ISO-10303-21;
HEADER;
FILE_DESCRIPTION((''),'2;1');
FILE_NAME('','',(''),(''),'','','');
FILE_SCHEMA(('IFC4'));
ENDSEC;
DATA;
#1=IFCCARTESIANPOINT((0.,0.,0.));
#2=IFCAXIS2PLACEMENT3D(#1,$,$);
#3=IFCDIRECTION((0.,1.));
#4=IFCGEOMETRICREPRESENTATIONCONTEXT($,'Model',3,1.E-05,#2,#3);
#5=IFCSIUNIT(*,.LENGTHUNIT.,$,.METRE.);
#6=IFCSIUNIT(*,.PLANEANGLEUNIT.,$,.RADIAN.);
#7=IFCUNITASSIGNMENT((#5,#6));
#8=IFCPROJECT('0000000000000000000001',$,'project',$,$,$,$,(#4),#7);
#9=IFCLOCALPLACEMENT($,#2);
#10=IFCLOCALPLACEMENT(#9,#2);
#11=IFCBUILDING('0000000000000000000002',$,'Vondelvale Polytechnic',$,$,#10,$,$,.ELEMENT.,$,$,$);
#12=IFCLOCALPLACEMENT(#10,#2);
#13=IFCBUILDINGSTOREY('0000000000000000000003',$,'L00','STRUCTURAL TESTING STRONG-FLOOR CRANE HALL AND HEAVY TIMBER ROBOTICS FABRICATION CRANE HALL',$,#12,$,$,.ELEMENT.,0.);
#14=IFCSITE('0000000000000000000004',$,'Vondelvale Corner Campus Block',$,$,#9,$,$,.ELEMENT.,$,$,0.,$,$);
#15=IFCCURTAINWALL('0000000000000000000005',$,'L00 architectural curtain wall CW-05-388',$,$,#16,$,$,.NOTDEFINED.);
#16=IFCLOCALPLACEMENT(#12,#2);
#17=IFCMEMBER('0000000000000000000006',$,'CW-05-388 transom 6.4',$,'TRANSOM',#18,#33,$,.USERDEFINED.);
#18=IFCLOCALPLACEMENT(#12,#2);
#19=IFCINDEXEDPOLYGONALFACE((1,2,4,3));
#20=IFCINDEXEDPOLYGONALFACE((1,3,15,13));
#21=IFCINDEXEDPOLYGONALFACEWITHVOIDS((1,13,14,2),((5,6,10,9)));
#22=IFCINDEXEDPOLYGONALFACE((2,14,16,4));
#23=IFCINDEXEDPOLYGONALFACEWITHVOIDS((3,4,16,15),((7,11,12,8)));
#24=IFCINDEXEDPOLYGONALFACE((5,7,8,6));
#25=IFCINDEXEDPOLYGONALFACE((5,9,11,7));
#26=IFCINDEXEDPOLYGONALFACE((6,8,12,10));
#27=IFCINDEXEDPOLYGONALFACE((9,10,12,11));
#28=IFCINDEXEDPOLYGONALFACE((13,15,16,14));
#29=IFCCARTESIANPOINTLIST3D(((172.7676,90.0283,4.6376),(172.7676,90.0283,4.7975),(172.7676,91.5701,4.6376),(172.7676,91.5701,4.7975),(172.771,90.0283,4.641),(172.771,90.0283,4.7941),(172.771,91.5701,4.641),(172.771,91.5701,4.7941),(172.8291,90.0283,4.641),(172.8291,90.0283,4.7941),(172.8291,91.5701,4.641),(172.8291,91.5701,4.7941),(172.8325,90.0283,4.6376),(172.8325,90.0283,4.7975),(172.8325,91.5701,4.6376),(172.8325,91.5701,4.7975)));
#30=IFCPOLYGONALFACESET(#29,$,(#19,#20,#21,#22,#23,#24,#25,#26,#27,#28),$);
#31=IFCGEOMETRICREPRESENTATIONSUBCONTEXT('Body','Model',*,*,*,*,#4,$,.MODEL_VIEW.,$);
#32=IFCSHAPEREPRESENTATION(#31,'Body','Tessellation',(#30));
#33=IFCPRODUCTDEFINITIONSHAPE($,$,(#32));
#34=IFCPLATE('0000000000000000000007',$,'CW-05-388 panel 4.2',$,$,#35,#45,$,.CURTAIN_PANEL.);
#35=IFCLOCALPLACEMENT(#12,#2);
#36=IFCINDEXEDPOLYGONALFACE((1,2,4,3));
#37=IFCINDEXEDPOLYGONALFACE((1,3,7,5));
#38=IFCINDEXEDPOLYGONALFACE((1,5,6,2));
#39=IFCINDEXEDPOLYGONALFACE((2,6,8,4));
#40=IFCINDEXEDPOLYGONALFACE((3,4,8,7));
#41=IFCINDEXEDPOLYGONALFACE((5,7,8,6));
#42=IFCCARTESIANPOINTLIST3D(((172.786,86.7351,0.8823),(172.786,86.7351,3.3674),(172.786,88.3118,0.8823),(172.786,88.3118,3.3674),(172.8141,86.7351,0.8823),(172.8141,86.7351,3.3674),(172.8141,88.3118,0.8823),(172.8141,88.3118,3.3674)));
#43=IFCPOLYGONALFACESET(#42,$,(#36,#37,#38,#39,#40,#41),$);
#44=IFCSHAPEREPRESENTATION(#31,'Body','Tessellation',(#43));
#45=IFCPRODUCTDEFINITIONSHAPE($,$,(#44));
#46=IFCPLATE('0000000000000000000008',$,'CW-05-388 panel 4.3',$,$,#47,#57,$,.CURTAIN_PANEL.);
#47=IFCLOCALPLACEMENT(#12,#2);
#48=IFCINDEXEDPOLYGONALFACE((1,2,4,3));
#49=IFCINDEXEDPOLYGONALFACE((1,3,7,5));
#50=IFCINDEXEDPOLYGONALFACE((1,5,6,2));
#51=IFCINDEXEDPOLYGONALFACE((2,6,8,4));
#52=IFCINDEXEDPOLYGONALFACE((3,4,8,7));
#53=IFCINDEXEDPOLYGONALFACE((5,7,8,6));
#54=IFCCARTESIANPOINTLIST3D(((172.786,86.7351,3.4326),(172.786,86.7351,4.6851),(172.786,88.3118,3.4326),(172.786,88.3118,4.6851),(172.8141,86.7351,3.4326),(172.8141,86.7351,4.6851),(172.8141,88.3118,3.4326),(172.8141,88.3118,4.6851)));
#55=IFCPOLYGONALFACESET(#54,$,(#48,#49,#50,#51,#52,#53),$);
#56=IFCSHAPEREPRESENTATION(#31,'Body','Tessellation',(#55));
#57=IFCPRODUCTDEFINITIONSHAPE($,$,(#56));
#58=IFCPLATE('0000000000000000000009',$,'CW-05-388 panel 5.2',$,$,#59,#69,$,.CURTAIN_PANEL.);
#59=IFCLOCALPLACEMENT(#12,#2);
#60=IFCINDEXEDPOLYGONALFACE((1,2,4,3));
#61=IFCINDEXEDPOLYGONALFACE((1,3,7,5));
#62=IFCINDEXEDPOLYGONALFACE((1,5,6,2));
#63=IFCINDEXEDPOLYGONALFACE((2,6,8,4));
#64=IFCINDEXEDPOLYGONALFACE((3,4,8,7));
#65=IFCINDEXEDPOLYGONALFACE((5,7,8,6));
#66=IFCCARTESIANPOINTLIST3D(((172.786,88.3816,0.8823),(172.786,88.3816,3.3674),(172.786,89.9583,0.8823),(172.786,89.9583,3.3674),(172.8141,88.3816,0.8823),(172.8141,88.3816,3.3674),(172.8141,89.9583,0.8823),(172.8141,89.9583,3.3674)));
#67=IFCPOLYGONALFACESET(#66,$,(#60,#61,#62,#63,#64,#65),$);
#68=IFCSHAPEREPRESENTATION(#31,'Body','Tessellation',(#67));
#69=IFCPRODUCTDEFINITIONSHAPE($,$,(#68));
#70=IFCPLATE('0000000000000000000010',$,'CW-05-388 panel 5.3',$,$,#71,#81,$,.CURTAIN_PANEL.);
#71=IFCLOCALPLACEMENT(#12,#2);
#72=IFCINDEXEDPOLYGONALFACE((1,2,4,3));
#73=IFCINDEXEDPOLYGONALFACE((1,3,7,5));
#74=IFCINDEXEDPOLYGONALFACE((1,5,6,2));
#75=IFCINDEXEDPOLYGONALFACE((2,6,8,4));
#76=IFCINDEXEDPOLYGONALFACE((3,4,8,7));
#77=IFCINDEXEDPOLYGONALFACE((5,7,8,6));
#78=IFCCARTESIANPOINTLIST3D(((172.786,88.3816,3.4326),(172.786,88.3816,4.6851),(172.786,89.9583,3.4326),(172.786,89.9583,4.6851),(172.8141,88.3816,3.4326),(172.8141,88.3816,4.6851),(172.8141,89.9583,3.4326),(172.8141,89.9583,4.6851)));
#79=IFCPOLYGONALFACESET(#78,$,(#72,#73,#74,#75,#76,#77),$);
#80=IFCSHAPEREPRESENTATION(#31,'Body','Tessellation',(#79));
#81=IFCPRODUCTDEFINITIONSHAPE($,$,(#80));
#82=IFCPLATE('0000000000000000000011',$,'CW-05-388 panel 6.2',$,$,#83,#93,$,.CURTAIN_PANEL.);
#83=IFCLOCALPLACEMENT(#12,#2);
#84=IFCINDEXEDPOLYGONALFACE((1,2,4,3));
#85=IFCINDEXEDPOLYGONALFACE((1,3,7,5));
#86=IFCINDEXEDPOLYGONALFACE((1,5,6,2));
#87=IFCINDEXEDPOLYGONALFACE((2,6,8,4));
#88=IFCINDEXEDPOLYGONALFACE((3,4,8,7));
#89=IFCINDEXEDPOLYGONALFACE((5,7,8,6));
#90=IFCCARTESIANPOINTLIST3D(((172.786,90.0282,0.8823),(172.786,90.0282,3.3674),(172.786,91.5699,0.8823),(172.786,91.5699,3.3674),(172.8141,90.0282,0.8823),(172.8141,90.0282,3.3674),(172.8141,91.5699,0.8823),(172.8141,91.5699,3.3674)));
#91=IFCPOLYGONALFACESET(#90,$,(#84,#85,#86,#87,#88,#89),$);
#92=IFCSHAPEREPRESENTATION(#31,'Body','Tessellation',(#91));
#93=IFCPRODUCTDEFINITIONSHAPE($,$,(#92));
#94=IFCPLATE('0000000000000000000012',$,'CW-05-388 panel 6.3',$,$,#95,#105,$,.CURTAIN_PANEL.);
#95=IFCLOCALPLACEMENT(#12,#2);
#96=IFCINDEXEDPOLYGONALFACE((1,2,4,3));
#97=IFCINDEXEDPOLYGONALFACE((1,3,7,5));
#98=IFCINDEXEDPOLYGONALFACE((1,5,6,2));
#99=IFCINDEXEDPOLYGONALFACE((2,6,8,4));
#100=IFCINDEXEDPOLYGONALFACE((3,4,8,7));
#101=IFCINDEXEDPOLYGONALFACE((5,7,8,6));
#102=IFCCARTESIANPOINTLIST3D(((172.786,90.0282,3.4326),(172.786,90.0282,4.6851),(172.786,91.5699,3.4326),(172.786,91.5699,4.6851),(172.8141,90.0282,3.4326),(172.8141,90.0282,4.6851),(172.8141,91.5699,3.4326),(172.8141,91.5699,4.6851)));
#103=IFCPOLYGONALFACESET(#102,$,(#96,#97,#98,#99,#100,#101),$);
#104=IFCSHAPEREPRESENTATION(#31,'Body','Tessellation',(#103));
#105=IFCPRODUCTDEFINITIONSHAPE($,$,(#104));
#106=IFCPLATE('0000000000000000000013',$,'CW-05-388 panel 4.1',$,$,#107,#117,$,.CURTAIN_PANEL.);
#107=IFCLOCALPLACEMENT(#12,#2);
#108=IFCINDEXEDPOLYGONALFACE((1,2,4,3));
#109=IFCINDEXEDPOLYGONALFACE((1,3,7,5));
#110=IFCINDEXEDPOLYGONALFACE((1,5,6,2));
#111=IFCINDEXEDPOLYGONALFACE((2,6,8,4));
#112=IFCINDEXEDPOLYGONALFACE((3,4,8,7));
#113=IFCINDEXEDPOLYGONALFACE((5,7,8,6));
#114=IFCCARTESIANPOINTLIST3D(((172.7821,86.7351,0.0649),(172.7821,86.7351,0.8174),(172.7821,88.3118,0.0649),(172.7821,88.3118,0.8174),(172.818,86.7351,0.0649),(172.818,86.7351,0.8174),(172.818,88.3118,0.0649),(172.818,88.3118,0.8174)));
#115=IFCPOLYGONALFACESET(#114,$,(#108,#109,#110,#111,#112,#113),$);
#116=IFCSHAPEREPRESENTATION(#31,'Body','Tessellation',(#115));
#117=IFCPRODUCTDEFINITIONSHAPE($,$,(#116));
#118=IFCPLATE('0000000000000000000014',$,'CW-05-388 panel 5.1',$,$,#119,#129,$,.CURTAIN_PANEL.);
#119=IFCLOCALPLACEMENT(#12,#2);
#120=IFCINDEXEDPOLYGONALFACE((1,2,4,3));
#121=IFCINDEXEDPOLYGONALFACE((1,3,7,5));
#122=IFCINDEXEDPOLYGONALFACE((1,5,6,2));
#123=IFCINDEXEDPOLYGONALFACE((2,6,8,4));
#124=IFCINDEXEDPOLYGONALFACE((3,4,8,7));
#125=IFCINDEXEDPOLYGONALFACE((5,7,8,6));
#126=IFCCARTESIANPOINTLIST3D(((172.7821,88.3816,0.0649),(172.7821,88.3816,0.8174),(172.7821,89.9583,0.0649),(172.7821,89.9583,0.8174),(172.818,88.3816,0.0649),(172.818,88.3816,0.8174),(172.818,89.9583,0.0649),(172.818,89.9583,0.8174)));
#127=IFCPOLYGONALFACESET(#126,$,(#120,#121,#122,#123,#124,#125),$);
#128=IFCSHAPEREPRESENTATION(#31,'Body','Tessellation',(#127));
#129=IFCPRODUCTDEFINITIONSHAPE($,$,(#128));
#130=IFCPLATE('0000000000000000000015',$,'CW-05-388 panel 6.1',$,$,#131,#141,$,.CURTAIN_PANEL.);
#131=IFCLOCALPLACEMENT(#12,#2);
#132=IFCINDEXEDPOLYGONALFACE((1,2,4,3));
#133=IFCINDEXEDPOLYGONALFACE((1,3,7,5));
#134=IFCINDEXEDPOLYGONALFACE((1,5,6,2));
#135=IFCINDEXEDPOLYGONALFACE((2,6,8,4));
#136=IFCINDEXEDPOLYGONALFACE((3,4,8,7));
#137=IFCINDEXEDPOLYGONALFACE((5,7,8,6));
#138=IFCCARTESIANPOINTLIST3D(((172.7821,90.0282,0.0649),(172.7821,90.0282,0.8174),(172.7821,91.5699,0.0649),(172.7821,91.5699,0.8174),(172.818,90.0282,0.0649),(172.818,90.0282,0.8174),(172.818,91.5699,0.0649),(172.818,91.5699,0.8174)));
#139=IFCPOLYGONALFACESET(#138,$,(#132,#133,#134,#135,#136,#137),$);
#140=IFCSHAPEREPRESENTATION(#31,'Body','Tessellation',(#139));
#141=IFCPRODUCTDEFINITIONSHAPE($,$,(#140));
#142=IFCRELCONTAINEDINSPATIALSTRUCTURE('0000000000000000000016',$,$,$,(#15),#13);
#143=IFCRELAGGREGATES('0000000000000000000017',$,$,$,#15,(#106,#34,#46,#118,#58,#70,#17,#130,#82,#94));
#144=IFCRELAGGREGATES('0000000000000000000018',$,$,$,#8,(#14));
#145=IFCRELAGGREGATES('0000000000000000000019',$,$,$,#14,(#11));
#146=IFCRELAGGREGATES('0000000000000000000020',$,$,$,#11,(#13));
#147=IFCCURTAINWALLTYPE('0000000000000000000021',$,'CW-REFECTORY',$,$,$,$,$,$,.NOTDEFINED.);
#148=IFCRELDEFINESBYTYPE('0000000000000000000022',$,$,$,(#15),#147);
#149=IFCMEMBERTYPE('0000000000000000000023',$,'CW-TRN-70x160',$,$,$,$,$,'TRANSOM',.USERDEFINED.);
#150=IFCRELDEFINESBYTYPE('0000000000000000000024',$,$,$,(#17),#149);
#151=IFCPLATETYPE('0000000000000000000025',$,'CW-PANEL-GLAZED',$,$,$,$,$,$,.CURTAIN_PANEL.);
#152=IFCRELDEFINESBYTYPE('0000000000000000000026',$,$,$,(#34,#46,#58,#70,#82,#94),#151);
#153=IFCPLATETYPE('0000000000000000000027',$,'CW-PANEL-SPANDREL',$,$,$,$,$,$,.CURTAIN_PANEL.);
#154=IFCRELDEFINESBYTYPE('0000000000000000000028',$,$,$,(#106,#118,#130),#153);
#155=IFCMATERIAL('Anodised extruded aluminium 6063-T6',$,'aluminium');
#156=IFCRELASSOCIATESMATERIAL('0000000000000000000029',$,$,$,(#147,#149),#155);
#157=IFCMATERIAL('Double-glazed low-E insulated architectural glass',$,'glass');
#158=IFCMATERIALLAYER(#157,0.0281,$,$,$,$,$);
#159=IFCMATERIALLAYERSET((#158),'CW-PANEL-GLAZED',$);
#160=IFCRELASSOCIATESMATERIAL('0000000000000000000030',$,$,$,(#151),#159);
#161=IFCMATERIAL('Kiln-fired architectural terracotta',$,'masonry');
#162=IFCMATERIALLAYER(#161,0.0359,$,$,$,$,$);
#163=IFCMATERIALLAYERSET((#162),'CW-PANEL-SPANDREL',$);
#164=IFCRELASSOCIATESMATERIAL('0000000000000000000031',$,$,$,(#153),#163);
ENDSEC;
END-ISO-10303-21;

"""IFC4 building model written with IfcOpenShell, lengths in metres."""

from ifc_helpers import new_model, si_unit, direction, frame, origin, origin_2d, place, context, subcontext, project, spatial, rectangle, hollow_rectangle, extrude, material, layer, layer_set, material_profile, profile_set, type_object, element, aggregate, save


model = new_model("IFC4")

# Units and contexts
model_context = context("Model", 3, precision=1e-05, world=origin(), true_north=direction((0.0, 1.0)))
body_context = subcontext(model_context, "Body", "Model", "MODEL_VIEW")
ifc_project = project(units=[si_unit("LENGTHUNIT", "METRE"), si_unit("PLANEANGLEUNIT", "RADIAN")], contexts=[model_context])

# Site, building, storey
site_placement = place(None, origin())
site = spatial("IfcSite", under=ifc_project, at=site_placement, Name="Vondelvale Corner Campus Block", CompositionType="ELEMENT", RefElevation=0.0)
building_placement = place(site_placement, origin())
building = spatial("IfcBuilding", under=site, at=building_placement, Name="Vondelvale Polytechnic", CompositionType="ELEMENT")
storey_placement = place(building_placement, origin())
storey = spatial("IfcBuildingStorey", under=building, at=storey_placement, Name="L00", Description="STRUCTURAL TESTING STRONG-FLOOR CRANE HALL AND HEAVY TIMBER ROBOTICS FABRICATION CRANE HALL", CompositionType="ELEMENT", Elevation=0.0)

# Curtain wall, member, plates
ifc_material_1 = material(Name="Anodised extruded aluminium 6063-T6", Category="aluminium")
curtain_wall_type = type_object("IfcCurtainWallType", Name="CW-REFECTORY", PredefinedType="NOTDEFINED", material=ifc_material_1)
curtain_wall_placement = place(storey_placement, origin())
curtain_wall = element("IfcCurtainWall", 1, at=curtain_wall_placement, inside=storey, type_object=curtain_wall_type, Name="L00 architectural curtain wall CW-05-388", PredefinedType="NOTDEFINED")
ifc_material_profile_1 = material_profile(ifc_material_1, hollow_rectangle(XDim=0.0649, YDim=0.1599, WallThickness=0.0034, at=origin_2d()), Name="CW-TRN-160x65")
ifc_profile_set_1 = profile_set([ifc_material_profile_1], Name="Anodised extruded aluminium 6063-T6")
member_type_1 = type_object("IfcMemberType", Name="CW-TRN-70x160", ElementType="TRANSOM", PredefinedType="USERDEFINED", material=ifc_profile_set_1)
member_1_placement = place(storey_placement, frame((172.8, 90.0283, 4.7175), z_axis=(0.0, 1.0, 0.0), x_axis=(-1.0, 0.0, 0.0)))
member_1 = element("IfcMember", 2, at=member_1_placement, type_object=member_type_1, Name="CW-05-388 transom 6.4", ObjectType="TRANSOM", PredefinedType="USERDEFINED", context=body_context, shape_type="SweptSolid", body=[
    extrude(hollow_rectangle(XDim=0.0649, YDim=0.1599, WallThickness=0.0034, at=origin_2d()), origin(), (0.0, 0.0, 1.0), 1.5417),
])
ifc_material_2 = material(Name="Double-glazed low-E insulated architectural glass", Category="glass")
ifc_layer_1 = layer(ifc_material_2, 0.0281)
ifc_layer_set_1 = layer_set([ifc_layer_1], Name="CW-PANEL-GLAZED")
plate_type_1 = type_object("IfcPlateType", Name="CW-PANEL-GLAZED", PredefinedType="CURTAIN_PANEL", material=ifc_layer_set_1)
plate_1_placement = place(storey_placement, frame((172.8, 87.5234, 0.8823), z_axis=(0.0, 0.0, 1.0), x_axis=(0.0, 1.0, 0.0)))
plate_1 = element("IfcPlate", 3, at=plate_1_placement, type_object=plate_type_1, Name="CW-05-388 panel 4.2", PredefinedType="CURTAIN_PANEL", context=body_context, shape_type="SweptSolid", body=[
    extrude(rectangle(XDim=1.5767, YDim=0.0281, at=origin_2d()), origin(), (0.0, 0.0, 1.0), 2.4851),
])
plate_2_placement = place(storey_placement, frame((172.8, 87.5234, 3.4326), z_axis=(0.0, 0.0, 1.0), x_axis=(0.0, 1.0, 0.0)))
plate_2 = element("IfcPlate", 4, at=plate_2_placement, type_object=plate_type_1, Name="CW-05-388 panel 4.3", PredefinedType="CURTAIN_PANEL", context=body_context, shape_type="SweptSolid", body=[
    extrude(rectangle(XDim=1.5767, YDim=0.0281, at=origin_2d()), origin(), (0.0, 0.0, 1.0), 1.2524),
])
plate_3_placement = place(storey_placement, frame((172.8, 89.1699, 0.8823), z_axis=(0.0, 0.0, 1.0), x_axis=(0.0, 1.0, 0.0)))
plate_3 = element("IfcPlate", 5, at=plate_3_placement, type_object=plate_type_1, Name="CW-05-388 panel 5.2", PredefinedType="CURTAIN_PANEL", context=body_context, shape_type="SweptSolid", body=[
    extrude(rectangle(XDim=1.5767, YDim=0.0281, at=origin_2d()), origin(), (0.0, 0.0, 1.0), 2.4851),
])
plate_4_placement = place(storey_placement, frame((172.8, 89.1699, 3.4326), z_axis=(0.0, 0.0, 1.0), x_axis=(0.0, 1.0, 0.0)))
plate_4 = element("IfcPlate", 6, at=plate_4_placement, type_object=plate_type_1, Name="CW-05-388 panel 5.3", PredefinedType="CURTAIN_PANEL", context=body_context, shape_type="SweptSolid", body=[
    extrude(rectangle(XDim=1.5767, YDim=0.0281, at=origin_2d()), origin(), (0.0, 0.0, 1.0), 1.2524),
])
plate_5_placement = place(storey_placement, frame((172.8, 90.7991, 0.8823), z_axis=(0.0, 0.0, 1.0), x_axis=(0.0, 1.0, 0.0)))
plate_5 = element("IfcPlate", 7, at=plate_5_placement, type_object=plate_type_1, Name="CW-05-388 panel 6.2", PredefinedType="CURTAIN_PANEL", context=body_context, shape_type="SweptSolid", body=[
    extrude(rectangle(XDim=1.5417, YDim=0.0281, at=origin_2d()), origin(), (0.0, 0.0, 1.0), 2.4851),
])
plate_6_placement = place(storey_placement, frame((172.8, 90.7991, 3.4326), z_axis=(0.0, 0.0, 1.0), x_axis=(0.0, 1.0, 0.0)))
plate_6 = element("IfcPlate", 8, at=plate_6_placement, type_object=plate_type_1, Name="CW-05-388 panel 6.3", PredefinedType="CURTAIN_PANEL", context=body_context, shape_type="SweptSolid", body=[
    extrude(rectangle(XDim=1.5417, YDim=0.0281, at=origin_2d()), origin(), (0.0, 0.0, 1.0), 1.2524),
])
ifc_material_3 = material(Name="Kiln-fired architectural terracotta", Category="masonry")
ifc_layer_2 = layer(ifc_material_3, 0.0359)
ifc_layer_set_2 = layer_set([ifc_layer_2], Name="CW-PANEL-SPANDREL")
plate_type_2 = type_object("IfcPlateType", Name="CW-PANEL-SPANDREL", PredefinedType="CURTAIN_PANEL", material=ifc_layer_set_2)
plate_7_placement = place(storey_placement, frame((172.8, 87.5234, 0.0649), z_axis=(0.0, 0.0, 1.0), x_axis=(0.0, 1.0, 0.0)))
plate_7 = element("IfcPlate", 9, at=plate_7_placement, type_object=plate_type_2, Name="CW-05-388 panel 4.1", PredefinedType="CURTAIN_PANEL", context=body_context, shape_type="SweptSolid", body=[
    extrude(rectangle(XDim=1.5767, YDim=0.0359, at=origin_2d()), origin(), (0.0, 0.0, 1.0), 0.7524),
])
plate_8_placement = place(storey_placement, frame((172.8, 89.1699, 0.0649), z_axis=(0.0, 0.0, 1.0), x_axis=(0.0, 1.0, 0.0)))
plate_8 = element("IfcPlate", 10, at=plate_8_placement, type_object=plate_type_2, Name="CW-05-388 panel 5.1", PredefinedType="CURTAIN_PANEL", context=body_context, shape_type="SweptSolid", body=[
    extrude(rectangle(XDim=1.5767, YDim=0.0359, at=origin_2d()), origin(), (0.0, 0.0, 1.0), 0.7524),
])
plate_9_placement = place(storey_placement, frame((172.8, 90.7991, 0.0649), z_axis=(0.0, 0.0, 1.0), x_axis=(0.0, 1.0, 0.0)))
plate_9 = element("IfcPlate", 11, at=plate_9_placement, type_object=plate_type_2, Name="CW-05-388 panel 6.1", PredefinedType="CURTAIN_PANEL", context=body_context, shape_type="SweptSolid", body=[
    extrude(rectangle(XDim=1.5417, YDim=0.0359, at=origin_2d()), origin(), (0.0, 0.0, 1.0), 0.7524),
])
aggregate(curtain_wall, [plate_7, plate_1, plate_2, plate_8, plate_3, plate_4, member_1, plate_9, plate_5, plate_6])

save(model, "model.ifc")
